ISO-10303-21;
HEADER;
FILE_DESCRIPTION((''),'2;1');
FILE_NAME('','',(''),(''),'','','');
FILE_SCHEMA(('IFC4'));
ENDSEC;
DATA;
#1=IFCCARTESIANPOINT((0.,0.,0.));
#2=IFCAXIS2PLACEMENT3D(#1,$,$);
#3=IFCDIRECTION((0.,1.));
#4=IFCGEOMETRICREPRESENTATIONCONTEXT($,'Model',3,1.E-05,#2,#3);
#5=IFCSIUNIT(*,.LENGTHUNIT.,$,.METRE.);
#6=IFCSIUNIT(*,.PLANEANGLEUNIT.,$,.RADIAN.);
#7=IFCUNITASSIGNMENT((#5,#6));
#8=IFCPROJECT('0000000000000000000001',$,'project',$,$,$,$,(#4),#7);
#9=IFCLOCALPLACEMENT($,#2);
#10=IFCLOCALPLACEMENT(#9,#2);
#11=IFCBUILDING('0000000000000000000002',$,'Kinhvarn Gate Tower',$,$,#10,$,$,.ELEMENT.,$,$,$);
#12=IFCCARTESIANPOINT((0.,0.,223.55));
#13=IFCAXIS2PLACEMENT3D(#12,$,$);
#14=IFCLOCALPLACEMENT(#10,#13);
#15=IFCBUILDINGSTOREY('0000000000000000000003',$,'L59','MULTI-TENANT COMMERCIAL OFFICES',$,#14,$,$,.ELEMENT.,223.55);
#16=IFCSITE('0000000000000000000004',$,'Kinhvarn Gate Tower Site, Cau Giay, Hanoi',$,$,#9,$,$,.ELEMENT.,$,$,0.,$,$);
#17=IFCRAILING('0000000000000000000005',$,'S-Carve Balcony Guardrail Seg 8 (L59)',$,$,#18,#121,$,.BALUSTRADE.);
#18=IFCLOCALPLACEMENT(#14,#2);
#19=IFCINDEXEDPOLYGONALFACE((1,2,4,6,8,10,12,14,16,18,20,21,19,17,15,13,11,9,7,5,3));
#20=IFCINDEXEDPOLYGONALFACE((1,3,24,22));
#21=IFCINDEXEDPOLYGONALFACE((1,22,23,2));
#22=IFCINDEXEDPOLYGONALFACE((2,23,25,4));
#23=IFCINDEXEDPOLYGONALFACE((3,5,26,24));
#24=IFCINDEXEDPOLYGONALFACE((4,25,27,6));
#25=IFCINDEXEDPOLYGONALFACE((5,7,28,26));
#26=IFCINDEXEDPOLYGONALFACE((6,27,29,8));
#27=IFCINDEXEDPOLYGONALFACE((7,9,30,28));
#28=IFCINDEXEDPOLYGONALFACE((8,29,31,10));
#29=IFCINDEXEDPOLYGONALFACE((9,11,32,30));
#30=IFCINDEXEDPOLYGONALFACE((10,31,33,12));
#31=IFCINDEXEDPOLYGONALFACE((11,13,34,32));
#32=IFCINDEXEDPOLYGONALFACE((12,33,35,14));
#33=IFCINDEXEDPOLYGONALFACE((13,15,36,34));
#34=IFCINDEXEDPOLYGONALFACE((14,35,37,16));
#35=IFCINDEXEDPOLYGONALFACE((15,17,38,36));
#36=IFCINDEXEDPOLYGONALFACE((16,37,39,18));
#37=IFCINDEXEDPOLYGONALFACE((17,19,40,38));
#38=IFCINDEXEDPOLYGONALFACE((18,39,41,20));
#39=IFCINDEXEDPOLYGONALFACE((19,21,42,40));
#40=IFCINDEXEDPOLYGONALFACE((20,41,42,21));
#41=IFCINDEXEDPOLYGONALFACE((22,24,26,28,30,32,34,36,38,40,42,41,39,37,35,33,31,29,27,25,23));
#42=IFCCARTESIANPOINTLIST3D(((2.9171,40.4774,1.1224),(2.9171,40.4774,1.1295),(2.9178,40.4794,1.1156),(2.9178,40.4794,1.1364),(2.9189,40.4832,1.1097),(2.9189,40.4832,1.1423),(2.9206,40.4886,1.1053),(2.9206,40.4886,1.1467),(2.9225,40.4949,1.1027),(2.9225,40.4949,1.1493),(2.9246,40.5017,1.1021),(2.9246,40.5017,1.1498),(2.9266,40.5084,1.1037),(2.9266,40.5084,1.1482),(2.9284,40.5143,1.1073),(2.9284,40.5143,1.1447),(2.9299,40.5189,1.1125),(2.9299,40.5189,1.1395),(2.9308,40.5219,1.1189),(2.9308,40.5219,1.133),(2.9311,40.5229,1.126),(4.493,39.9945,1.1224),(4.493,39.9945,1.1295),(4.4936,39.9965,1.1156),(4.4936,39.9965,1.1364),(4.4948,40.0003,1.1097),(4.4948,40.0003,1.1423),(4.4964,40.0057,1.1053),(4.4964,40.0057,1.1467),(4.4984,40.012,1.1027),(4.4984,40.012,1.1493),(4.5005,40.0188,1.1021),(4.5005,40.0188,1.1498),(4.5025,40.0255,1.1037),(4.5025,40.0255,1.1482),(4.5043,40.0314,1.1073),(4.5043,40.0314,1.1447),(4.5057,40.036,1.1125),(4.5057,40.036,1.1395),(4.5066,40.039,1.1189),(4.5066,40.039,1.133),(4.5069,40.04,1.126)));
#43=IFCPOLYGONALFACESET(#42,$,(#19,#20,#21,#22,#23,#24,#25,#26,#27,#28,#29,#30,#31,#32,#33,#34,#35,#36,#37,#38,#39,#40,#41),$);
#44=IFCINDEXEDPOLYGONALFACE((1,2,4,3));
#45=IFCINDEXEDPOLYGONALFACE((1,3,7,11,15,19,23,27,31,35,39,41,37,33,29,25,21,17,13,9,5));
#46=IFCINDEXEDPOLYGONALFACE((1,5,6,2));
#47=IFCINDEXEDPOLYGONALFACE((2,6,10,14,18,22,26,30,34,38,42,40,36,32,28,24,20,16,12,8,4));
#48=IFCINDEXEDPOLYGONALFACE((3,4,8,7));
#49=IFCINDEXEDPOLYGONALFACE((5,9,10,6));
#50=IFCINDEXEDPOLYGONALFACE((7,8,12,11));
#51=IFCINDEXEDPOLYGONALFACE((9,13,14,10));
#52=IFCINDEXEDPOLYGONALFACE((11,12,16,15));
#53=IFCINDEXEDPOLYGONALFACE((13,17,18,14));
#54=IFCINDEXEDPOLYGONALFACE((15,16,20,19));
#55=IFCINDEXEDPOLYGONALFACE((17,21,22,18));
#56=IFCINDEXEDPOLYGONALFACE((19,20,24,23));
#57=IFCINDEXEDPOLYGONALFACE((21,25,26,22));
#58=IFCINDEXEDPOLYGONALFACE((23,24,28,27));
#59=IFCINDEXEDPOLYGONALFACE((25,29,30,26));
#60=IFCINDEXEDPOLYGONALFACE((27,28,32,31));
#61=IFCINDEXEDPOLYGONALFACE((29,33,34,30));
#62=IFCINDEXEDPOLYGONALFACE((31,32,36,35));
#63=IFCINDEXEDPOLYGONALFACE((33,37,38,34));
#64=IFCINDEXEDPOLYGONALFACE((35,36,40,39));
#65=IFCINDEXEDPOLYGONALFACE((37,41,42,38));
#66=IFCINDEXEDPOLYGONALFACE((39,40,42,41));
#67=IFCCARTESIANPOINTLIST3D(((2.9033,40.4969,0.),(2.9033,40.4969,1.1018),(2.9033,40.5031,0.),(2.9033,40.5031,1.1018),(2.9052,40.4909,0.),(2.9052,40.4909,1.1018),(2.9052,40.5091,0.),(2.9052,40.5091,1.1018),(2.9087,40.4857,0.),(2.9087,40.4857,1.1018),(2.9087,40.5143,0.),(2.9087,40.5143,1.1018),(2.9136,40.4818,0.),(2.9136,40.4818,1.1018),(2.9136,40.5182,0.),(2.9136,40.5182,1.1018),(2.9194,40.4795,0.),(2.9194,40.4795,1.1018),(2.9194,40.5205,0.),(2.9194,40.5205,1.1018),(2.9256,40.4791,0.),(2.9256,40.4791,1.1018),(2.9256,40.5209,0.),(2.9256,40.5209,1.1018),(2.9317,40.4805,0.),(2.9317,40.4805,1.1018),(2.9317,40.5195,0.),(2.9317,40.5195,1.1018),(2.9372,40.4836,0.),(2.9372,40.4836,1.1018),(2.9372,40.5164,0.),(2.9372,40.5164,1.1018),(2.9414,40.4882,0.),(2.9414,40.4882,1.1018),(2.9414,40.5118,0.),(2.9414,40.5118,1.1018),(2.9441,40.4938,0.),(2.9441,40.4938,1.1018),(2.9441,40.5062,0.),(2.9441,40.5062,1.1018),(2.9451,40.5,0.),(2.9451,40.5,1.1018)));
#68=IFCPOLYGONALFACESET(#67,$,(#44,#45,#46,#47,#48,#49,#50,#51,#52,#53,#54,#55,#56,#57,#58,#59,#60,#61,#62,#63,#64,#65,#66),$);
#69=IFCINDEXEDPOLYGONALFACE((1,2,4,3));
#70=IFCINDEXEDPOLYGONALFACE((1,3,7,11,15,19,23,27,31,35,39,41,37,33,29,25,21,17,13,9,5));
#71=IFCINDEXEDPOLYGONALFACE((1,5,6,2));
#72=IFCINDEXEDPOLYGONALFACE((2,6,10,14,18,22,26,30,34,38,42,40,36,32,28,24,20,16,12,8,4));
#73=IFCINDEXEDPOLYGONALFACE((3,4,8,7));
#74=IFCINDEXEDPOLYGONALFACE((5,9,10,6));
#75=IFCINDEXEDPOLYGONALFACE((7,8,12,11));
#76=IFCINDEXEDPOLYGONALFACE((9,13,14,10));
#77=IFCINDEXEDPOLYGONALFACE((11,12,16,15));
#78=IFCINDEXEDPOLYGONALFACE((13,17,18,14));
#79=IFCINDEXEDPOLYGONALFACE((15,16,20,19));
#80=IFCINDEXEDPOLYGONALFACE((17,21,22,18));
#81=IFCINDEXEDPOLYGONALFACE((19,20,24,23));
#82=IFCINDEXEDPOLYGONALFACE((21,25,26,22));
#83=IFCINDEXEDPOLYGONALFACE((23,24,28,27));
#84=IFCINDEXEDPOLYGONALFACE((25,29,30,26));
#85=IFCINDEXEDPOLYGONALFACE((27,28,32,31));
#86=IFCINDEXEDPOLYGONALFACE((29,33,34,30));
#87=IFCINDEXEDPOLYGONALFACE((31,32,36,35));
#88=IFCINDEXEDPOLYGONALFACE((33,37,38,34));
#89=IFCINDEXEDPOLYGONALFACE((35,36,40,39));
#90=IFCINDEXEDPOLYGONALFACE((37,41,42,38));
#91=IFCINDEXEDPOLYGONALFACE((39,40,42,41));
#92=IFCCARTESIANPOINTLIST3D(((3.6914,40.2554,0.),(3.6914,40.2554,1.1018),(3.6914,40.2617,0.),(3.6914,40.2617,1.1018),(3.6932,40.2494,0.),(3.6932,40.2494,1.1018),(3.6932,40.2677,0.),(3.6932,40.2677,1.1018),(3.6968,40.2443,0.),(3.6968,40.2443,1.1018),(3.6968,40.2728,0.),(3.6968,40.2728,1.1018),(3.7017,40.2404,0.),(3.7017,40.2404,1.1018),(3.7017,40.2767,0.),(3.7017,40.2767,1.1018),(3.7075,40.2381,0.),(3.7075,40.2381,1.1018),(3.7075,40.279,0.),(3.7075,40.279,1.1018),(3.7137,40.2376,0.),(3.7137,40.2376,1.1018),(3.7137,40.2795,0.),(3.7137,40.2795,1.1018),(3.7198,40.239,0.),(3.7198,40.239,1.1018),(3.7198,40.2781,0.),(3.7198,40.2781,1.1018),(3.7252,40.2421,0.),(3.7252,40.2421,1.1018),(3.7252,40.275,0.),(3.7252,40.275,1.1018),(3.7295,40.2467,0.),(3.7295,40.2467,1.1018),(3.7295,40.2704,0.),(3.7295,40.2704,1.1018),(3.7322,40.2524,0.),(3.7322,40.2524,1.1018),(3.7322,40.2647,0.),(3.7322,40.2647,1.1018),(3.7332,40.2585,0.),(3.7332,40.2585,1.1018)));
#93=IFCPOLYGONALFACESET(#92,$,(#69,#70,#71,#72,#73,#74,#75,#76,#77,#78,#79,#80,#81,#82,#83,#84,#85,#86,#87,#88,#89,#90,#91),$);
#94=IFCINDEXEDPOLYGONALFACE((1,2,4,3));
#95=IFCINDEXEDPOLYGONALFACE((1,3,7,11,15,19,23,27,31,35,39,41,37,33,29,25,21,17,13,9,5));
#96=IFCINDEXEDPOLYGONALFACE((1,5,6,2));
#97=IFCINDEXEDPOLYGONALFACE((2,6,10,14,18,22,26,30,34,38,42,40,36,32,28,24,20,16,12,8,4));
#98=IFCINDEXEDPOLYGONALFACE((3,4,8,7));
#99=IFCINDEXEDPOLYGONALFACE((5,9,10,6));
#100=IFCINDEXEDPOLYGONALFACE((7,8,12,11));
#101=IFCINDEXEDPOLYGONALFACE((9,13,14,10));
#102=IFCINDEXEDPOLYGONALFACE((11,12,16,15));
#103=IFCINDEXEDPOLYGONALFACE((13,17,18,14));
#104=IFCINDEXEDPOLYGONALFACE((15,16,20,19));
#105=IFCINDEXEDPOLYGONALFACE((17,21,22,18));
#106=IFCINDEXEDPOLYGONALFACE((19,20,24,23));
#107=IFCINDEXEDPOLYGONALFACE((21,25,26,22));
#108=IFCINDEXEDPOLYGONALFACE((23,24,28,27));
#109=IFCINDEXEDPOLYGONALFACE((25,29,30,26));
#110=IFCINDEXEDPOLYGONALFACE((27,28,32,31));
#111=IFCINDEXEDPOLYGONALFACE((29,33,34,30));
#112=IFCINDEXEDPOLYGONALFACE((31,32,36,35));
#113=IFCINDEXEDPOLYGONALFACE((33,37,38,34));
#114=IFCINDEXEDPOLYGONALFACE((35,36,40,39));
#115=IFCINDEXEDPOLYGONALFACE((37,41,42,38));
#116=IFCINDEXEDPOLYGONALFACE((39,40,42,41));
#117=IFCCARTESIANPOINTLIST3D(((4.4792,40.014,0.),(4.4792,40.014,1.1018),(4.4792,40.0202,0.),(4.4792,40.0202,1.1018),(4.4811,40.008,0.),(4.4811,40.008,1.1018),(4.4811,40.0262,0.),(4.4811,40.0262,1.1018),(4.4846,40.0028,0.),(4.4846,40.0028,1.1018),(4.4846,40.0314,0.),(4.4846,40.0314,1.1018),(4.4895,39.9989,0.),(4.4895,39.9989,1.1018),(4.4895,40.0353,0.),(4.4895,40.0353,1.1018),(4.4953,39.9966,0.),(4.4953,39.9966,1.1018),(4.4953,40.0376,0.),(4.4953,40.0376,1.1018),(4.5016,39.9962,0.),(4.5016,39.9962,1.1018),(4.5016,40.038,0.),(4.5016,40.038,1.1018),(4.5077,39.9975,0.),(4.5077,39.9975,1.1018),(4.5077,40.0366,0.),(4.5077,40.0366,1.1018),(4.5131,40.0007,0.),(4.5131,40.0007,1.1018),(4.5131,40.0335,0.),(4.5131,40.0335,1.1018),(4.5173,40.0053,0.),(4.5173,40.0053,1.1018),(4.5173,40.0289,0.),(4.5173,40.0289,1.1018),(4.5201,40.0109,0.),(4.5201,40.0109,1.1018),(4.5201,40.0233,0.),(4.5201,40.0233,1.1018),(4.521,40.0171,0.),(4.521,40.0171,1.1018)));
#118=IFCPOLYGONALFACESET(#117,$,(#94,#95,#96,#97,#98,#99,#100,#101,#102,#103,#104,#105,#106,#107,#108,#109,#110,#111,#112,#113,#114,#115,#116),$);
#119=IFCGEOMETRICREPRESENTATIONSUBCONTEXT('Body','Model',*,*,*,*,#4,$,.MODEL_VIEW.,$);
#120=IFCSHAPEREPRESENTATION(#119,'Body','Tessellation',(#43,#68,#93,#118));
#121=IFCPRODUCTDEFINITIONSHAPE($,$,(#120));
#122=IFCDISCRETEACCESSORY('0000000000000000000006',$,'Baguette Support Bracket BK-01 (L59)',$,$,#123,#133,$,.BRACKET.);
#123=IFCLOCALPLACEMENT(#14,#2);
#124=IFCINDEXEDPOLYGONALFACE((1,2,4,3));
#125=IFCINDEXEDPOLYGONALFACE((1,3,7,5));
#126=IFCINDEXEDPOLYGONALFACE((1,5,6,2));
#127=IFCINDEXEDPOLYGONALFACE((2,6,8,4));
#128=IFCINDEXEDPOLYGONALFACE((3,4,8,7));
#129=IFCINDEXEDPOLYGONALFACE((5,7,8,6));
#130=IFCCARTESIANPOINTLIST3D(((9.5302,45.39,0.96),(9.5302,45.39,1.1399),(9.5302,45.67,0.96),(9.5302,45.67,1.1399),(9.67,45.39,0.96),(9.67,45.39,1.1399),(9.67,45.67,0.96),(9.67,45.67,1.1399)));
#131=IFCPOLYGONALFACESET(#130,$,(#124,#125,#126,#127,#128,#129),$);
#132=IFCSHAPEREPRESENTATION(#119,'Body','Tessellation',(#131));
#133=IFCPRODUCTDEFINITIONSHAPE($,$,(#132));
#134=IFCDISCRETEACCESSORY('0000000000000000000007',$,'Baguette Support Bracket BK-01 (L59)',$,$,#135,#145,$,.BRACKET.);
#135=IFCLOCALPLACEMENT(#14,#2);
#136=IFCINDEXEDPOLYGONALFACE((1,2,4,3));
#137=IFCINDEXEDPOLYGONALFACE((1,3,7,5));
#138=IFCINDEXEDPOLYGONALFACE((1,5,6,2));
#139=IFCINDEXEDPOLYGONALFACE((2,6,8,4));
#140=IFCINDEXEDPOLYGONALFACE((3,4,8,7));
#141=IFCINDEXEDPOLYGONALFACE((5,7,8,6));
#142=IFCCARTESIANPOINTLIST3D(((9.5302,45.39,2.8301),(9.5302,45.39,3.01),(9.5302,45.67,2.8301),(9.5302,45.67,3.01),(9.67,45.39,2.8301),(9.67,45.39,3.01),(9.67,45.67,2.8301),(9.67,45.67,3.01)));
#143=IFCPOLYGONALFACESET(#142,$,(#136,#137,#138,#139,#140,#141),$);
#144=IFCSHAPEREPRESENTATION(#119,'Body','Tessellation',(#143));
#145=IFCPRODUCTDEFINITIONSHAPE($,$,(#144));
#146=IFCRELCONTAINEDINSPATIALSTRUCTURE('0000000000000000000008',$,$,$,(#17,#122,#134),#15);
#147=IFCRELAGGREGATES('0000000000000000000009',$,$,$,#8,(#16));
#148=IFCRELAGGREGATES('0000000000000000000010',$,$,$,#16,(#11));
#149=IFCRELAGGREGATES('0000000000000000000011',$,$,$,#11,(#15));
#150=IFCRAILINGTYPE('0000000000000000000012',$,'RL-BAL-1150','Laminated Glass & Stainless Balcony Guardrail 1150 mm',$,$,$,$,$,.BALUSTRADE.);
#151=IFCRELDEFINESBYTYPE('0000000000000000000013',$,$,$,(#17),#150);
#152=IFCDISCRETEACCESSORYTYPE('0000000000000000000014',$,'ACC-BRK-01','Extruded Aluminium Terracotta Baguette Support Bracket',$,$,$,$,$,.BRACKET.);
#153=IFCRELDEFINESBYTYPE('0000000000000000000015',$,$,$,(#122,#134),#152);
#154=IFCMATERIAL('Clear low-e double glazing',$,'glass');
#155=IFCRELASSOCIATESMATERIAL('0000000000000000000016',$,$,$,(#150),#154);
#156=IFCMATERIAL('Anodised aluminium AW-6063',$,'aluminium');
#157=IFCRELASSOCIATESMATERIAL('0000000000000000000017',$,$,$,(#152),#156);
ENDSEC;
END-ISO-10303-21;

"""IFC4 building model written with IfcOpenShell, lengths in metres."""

from ifc_helpers import new_model, si_unit, direction, frame, origin, origin_2d, place, context, subcontext, project, spatial, rectangle, circle, extrude, material, type_object, element, save


model = new_model("IFC4")

# Units and contexts
model_context = context("Model", 3, precision=1e-05, world=origin(), true_north=direction((0.0, 1.0)))
body_context = subcontext(model_context, "Body", "Model", "MODEL_VIEW")
ifc_project = project(units=[si_unit("LENGTHUNIT", "METRE"), si_unit("PLANEANGLEUNIT", "RADIAN")], contexts=[model_context])

# Site, building, storey
site_placement = place(None, origin())
site = spatial("IfcSite", under=ifc_project, at=site_placement, Name="Kinhvarn Gate Tower Site, Cau Giay, Hanoi", CompositionType="ELEMENT", RefElevation=0.0)
building_placement = place(site_placement, origin())
building = spatial("IfcBuilding", under=site, at=building_placement, Name="Kinhvarn Gate Tower", CompositionType="ELEMENT")
storey_placement = place(building_placement, frame((0.0, 0.0, 223.55)))
storey = spatial("IfcBuildingStorey", under=building, at=storey_placement, Name="L59", Description="MULTI-TENANT COMMERCIAL OFFICES", CompositionType="ELEMENT", Elevation=223.55)

# Shared definitions
ifc_material_1 = material(Name="Anodised aluminium AW-6063", Category="aluminium")

# Shared definitions
ifc_material_2 = material(Name="Clear low-e double glazing", Category="glass")

# Railing
railing_type = type_object("IfcRailingType", Name="RL-BAL-1150", Description="Laminated Glass & Stainless Balcony Guardrail 1150 mm", PredefinedType="BALUSTRADE", material=ifc_material_2)
railing_1_placement = place(storey_placement, frame((2.9241, 40.5, 0.0)))
element("IfcRailing", 1, at=railing_1_placement, inside=storey, type_object=railing_type, Name="S-Carve Balcony Guardrail Seg 8 (L59)", PredefinedType="BALUSTRADE", context=body_context, shape_type="SweptSolid", body=[
    extrude(circle(Radius=0.0239, at=origin_2d()), frame((0.0, 0.0, 1.126), z_axis=(0.956118, -0.292982, 0.0), x_axis=(0.292982, 0.956118, 0.0)), (0.0, 0.0, 1.0), 1.6482),
    extrude(circle(Radius=0.021, at=origin_2d()), origin(), (0.0, 0.0, 1.0), 1.1018),
    extrude(circle(Radius=0.021, at=origin_2d()), frame((0.7881, -0.2415, 0.0)), (0.0, 0.0, 1.0), 1.1018),
    extrude(circle(Radius=0.021, at=origin_2d()), frame((1.5759, -0.4829, 0.0)), (0.0, 0.0, 1.0), 1.1018),
])

# Discrete accessories
discrete_accessory_type = type_object("IfcDiscreteAccessoryType", Name="ACC-BRK-01", Description="Extruded Aluminium Terracotta Baguette Support Bracket", PredefinedType="BRACKET", material=ifc_material_1)
for number, where, z_axis, x_axis, name in (
    (2, (9.6001, 45.53, 0.96), (0.0, 0.0, 1.0), (-1.0, 0.0, 0.0), "Baguette Support Bracket BK-01 (L59)"),
    (3, (9.6001, 45.53, 2.8301), (0.0, 0.0, 1.0), (-1.0, 0.0, 0.0), "Baguette Support Bracket BK-01 (L59)"),
):
    element("IfcDiscreteAccessory", number, at=place(storey_placement, frame(where, z_axis=z_axis, x_axis=x_axis)), inside=storey, type_object=discrete_accessory_type, Name=name, PredefinedType="BRACKET", context=body_context, shape_type="SweptSolid", body=[
        extrude(rectangle(XDim=0.1399, YDim=0.28, at=origin_2d()), origin(), (0.0, 0.0, 1.0), 0.1799),
    ])

save(model, "model.ifc")
